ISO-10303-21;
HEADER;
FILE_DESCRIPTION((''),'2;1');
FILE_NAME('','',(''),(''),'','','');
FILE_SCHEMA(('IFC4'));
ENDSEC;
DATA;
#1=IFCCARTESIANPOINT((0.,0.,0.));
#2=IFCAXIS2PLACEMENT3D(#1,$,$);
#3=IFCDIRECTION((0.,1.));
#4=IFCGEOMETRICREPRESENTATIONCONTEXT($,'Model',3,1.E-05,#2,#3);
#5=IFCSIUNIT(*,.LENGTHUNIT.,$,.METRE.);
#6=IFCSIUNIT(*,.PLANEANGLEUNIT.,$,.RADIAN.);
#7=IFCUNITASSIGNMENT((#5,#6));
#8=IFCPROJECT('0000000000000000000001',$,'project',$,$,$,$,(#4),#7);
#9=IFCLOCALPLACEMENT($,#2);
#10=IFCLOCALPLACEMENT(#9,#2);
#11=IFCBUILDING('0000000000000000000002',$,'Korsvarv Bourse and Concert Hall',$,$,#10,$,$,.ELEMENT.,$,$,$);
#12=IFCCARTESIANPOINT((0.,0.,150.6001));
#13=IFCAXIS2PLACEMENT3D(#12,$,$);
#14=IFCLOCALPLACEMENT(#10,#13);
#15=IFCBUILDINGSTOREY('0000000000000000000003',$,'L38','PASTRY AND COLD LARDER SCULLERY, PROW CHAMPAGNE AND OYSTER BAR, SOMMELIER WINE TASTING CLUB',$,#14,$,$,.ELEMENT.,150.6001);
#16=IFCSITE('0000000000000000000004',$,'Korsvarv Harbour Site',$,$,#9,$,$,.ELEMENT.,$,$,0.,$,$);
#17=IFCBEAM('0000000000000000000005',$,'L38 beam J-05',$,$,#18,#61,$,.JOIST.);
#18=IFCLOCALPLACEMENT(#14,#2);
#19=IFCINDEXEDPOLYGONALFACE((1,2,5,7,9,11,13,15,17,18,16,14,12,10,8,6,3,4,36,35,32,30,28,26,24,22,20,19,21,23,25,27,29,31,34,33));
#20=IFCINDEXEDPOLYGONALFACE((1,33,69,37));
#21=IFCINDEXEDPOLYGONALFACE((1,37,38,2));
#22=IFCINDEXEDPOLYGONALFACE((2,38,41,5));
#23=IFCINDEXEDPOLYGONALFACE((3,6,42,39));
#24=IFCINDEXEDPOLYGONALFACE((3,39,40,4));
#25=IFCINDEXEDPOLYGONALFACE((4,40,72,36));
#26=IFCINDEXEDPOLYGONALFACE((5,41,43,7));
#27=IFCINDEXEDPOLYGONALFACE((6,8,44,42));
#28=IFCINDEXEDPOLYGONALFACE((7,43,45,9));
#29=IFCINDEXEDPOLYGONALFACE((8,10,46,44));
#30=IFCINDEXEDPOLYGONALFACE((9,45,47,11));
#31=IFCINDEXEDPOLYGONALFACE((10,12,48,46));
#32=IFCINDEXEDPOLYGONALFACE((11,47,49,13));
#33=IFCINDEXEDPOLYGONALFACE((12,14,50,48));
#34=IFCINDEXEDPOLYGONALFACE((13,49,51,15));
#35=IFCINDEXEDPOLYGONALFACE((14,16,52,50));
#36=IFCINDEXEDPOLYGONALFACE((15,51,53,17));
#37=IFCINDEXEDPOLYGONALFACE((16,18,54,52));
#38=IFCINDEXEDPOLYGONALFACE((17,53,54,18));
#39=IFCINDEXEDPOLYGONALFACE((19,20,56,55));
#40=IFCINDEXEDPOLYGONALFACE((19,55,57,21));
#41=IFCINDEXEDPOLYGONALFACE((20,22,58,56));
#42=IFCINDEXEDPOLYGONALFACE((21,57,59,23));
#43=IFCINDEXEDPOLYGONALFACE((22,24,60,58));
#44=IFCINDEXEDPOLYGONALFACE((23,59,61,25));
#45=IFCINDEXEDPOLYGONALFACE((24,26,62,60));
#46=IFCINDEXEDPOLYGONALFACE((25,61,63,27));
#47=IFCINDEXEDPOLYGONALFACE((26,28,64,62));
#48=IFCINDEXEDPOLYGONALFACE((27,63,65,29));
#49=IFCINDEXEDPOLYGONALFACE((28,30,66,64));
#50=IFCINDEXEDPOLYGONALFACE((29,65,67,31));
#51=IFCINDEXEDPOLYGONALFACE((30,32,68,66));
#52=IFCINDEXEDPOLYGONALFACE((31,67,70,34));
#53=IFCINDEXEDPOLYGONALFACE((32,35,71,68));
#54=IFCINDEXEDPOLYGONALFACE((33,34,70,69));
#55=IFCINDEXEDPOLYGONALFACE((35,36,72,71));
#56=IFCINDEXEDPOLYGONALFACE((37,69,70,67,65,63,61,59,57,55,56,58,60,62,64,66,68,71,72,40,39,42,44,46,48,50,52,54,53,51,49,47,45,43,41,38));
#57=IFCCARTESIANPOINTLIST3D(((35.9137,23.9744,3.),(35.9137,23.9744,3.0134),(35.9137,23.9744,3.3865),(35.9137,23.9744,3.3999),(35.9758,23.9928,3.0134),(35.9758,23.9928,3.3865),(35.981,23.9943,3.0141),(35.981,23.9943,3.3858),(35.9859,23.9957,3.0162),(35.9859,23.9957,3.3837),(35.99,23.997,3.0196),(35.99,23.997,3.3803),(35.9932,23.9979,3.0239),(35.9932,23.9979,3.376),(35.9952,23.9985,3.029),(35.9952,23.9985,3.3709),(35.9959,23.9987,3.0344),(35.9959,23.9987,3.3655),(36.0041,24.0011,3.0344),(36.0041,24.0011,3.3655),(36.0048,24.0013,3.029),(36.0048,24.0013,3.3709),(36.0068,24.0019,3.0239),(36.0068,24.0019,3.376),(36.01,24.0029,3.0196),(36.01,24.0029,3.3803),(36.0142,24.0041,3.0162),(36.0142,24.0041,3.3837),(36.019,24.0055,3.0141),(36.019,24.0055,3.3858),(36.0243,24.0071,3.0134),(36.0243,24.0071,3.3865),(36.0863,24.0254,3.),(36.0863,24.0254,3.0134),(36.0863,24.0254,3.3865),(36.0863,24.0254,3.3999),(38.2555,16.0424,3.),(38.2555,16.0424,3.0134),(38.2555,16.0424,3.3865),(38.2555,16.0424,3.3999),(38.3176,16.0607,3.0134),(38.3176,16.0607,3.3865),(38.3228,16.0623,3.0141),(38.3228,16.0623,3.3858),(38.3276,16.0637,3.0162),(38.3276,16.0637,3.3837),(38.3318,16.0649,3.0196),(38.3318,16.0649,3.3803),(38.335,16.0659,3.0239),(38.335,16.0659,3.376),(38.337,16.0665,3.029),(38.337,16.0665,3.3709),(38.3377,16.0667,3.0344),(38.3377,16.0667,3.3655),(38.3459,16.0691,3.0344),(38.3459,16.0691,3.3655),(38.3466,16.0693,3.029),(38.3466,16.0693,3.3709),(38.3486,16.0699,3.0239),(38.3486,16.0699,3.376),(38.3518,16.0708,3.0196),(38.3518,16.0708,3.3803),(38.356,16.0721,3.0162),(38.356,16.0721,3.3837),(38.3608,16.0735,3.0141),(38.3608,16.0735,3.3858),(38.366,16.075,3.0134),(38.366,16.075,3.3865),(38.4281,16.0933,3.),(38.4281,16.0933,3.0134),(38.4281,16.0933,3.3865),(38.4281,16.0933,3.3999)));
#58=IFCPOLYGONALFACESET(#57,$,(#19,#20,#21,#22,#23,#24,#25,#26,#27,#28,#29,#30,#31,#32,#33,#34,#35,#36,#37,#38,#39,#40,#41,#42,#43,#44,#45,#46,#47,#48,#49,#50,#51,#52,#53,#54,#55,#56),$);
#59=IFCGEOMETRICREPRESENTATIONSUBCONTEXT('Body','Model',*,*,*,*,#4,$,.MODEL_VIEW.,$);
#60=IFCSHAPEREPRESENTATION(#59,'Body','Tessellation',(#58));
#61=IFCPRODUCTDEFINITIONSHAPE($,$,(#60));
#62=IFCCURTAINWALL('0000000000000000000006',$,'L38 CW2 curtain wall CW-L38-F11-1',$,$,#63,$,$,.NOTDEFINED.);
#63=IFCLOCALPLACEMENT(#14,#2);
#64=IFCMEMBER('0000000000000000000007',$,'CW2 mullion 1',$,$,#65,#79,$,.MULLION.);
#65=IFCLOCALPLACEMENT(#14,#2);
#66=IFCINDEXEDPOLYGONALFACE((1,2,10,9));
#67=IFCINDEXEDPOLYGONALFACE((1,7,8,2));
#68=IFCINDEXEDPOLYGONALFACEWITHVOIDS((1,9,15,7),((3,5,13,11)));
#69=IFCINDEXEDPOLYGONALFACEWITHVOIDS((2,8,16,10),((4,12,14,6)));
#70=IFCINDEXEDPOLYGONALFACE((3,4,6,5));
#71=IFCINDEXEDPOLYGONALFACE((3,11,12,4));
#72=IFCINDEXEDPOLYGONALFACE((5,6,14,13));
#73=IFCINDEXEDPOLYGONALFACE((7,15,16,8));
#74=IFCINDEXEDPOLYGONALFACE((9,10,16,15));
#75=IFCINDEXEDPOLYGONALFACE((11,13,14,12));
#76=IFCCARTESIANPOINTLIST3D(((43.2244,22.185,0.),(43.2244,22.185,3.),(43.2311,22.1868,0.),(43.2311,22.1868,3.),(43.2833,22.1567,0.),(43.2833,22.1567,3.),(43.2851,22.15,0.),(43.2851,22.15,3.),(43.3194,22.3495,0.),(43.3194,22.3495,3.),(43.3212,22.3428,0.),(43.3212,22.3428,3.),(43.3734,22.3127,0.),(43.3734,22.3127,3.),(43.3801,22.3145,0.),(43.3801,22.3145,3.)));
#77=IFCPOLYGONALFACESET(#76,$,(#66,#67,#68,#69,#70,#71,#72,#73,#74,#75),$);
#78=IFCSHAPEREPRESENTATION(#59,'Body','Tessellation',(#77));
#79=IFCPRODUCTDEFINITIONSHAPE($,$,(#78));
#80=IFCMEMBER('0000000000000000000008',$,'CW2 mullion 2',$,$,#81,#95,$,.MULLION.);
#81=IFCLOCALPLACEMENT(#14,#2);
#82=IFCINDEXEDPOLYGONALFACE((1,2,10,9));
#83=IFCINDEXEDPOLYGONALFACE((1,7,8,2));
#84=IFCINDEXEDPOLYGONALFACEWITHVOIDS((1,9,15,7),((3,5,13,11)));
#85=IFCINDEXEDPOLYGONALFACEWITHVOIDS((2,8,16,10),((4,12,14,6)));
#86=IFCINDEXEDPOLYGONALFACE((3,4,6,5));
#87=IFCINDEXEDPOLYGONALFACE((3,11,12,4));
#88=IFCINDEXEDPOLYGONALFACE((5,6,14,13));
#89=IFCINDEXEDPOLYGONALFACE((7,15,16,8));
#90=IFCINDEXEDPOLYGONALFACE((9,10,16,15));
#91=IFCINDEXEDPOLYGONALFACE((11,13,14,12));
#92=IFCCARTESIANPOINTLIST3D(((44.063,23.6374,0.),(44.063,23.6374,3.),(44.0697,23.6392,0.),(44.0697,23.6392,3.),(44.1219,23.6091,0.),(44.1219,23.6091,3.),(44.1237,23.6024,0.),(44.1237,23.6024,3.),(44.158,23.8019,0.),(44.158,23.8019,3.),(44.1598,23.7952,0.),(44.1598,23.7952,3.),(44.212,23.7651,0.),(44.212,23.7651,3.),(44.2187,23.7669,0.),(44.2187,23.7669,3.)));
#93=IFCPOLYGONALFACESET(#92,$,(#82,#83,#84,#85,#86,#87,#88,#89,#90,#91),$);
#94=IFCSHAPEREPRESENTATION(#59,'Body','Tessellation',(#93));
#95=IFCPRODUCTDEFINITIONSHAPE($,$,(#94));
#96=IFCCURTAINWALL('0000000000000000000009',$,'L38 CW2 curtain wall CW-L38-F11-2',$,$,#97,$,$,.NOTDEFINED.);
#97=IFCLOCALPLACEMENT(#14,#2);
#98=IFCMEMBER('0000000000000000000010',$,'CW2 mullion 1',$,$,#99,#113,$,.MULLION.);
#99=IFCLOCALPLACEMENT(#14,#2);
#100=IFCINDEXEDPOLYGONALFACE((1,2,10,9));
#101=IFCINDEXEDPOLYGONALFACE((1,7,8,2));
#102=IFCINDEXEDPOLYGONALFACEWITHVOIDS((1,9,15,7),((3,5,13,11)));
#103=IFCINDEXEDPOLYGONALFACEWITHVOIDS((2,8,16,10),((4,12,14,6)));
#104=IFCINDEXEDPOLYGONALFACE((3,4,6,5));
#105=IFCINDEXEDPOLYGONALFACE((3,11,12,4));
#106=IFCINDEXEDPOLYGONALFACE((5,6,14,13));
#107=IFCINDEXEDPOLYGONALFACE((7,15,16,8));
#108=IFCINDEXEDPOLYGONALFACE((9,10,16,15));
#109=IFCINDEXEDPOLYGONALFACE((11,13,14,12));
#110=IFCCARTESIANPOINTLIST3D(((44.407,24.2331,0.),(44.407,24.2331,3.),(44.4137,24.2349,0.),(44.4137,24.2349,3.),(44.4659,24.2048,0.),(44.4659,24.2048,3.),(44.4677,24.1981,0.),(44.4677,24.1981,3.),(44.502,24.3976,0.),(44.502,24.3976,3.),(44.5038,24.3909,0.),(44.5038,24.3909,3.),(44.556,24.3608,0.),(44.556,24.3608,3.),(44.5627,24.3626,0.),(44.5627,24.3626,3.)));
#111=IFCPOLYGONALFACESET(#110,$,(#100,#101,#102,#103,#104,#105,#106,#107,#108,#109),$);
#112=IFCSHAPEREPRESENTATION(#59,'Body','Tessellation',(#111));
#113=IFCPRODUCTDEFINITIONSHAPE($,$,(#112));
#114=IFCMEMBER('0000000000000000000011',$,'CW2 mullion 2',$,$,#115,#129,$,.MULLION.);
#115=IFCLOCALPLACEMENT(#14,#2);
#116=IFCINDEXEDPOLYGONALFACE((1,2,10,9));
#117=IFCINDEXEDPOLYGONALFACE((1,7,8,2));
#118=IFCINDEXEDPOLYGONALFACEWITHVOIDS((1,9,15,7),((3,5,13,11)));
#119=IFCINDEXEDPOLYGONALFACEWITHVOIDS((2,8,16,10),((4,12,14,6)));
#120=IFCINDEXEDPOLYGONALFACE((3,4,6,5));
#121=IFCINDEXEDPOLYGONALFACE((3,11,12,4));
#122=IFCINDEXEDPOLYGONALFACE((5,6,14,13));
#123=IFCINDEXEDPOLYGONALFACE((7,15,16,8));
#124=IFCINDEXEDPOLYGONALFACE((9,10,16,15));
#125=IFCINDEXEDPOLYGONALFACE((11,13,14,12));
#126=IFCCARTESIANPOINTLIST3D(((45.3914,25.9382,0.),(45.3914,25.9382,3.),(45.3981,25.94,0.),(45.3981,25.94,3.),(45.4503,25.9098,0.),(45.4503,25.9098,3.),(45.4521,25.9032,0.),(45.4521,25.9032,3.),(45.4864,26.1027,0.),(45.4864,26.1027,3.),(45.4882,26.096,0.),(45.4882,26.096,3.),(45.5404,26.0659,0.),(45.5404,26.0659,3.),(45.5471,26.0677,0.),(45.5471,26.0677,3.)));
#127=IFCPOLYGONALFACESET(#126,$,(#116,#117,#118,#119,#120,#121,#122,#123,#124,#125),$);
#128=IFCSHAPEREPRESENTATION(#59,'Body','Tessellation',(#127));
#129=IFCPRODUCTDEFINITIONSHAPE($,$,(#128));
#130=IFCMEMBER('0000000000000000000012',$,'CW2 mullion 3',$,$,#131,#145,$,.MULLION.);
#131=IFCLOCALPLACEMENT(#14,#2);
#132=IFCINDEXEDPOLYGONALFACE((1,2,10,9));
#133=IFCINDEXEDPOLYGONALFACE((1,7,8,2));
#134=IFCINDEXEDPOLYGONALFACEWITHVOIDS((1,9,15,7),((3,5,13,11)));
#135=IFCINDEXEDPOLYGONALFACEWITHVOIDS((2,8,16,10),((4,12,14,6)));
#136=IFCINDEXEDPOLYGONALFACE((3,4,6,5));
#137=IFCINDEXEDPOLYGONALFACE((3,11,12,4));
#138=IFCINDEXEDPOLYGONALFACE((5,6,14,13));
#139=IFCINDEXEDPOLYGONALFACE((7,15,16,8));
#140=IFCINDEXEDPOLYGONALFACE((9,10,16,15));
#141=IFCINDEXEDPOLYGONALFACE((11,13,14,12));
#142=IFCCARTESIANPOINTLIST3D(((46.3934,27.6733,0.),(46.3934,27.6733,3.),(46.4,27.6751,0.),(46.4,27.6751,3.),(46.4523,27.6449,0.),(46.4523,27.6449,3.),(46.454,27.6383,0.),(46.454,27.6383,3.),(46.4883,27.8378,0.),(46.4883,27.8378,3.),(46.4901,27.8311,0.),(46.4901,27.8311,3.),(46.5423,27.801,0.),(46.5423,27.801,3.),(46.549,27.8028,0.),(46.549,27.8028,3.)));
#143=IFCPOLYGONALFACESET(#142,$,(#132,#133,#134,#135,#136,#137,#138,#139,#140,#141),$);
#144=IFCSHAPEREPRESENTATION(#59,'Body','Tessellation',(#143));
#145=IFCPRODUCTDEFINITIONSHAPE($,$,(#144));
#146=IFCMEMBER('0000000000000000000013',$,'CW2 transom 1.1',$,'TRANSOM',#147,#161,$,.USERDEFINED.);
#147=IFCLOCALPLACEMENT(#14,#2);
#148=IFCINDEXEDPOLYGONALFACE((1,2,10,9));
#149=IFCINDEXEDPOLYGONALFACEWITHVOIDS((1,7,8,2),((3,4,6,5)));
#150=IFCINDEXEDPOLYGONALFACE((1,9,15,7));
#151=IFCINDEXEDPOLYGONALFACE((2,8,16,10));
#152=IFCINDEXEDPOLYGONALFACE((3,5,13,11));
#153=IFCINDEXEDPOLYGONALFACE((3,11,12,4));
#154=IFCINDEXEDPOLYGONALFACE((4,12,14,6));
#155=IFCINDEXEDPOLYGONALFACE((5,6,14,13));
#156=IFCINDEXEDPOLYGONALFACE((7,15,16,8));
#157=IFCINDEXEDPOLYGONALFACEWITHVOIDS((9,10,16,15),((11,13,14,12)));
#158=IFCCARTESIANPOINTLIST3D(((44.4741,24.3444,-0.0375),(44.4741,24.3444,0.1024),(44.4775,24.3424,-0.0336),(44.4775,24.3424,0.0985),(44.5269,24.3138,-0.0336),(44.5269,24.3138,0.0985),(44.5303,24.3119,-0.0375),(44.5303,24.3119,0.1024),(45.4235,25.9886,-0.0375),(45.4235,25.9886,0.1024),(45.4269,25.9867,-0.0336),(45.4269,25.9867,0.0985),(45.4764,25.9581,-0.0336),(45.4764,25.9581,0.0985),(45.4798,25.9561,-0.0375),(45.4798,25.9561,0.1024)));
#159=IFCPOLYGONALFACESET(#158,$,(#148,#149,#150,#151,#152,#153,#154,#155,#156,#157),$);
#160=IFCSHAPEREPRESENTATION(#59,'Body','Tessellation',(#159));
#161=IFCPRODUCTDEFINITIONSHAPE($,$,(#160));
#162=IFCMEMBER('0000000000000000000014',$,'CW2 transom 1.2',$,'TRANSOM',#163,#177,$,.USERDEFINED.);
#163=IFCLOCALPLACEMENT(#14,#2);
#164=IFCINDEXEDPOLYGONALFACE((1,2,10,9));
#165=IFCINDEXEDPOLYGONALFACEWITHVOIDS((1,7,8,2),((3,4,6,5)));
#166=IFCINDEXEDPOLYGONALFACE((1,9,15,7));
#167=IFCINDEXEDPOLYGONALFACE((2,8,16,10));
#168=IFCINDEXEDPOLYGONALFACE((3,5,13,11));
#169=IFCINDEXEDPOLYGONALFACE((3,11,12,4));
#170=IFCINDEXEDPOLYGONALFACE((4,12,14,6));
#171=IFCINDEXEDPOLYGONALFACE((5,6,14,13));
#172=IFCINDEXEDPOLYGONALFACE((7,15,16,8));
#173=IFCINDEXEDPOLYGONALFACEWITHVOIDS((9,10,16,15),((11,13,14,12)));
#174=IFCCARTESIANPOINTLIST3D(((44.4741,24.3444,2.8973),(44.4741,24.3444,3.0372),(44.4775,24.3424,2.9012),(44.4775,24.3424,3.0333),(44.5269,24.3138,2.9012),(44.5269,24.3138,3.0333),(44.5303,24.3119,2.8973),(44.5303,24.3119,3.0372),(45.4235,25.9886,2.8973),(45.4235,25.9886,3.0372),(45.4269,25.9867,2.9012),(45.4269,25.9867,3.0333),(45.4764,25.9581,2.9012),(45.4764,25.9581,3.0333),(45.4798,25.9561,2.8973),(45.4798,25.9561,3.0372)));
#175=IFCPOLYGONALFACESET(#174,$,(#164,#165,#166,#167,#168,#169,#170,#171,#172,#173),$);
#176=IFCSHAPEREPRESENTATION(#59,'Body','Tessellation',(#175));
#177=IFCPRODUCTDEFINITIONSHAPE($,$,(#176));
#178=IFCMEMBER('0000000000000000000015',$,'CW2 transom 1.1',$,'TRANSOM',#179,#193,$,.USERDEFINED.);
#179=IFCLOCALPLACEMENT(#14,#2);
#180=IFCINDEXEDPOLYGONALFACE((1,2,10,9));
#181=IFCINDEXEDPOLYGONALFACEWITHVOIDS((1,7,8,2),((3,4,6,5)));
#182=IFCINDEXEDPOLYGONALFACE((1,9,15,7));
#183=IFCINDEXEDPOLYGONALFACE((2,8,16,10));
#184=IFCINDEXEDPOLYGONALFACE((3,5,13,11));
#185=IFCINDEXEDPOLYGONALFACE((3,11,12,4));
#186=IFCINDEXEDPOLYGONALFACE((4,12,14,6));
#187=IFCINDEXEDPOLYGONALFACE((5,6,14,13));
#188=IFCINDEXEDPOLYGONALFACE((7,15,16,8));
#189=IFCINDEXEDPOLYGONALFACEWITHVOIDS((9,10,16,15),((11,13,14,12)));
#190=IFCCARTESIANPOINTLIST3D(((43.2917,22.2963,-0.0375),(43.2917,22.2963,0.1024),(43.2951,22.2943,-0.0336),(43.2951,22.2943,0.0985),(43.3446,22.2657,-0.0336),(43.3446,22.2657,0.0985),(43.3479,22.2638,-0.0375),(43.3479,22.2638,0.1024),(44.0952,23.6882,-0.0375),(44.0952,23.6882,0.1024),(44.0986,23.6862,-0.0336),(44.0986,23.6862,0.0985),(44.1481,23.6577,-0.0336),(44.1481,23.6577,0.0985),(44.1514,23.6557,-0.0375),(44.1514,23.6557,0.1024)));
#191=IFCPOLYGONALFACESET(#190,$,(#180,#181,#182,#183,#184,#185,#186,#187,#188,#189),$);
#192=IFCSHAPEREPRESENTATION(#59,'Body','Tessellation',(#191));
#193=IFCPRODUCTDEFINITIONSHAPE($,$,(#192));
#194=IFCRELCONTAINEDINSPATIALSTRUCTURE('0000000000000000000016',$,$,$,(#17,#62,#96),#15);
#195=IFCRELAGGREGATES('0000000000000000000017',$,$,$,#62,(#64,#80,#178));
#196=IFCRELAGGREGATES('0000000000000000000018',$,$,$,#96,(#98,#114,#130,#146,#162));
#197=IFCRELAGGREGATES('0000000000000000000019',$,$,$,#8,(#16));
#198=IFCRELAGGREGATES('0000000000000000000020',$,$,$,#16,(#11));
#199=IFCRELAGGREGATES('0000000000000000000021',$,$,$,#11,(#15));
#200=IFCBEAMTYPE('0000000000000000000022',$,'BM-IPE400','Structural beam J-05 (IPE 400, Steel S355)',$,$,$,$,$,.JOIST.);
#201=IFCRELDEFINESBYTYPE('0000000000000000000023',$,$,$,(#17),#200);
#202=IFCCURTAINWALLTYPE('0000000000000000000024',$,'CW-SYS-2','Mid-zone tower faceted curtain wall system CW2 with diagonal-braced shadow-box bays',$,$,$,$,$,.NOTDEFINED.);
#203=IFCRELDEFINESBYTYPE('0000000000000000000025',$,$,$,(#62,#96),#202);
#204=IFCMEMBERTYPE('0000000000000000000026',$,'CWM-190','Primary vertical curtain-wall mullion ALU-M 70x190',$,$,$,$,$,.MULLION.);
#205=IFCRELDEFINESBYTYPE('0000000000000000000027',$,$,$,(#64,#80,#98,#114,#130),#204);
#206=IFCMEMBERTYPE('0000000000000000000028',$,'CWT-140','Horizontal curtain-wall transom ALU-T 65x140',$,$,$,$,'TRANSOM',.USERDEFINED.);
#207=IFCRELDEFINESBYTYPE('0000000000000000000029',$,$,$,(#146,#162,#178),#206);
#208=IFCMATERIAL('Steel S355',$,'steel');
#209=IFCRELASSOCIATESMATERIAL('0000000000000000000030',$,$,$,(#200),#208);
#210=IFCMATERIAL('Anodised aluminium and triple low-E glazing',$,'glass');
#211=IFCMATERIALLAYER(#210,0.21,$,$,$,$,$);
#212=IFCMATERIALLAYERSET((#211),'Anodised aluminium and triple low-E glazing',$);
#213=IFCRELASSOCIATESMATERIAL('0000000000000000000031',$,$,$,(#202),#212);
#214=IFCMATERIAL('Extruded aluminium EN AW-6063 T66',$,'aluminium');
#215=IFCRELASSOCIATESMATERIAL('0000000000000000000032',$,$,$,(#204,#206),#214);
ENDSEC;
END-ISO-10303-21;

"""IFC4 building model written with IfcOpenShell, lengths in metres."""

from ifc_helpers import new_model, si_unit, direction, frame, origin, origin_2d, place, context, subcontext, project, spatial, hollow_rectangle, i_section, extrude, source, transform, mapped, material, layer, layer_set, material_profile, profile_set, type_object, element, aggregate, save


model = new_model("IFC4")

# Units and contexts
model_context = context("Model", 3, precision=1e-05, world=origin(), true_north=direction((0.0, 1.0)))
body_context = subcontext(model_context, "Body", "Model", "MODEL_VIEW")
ifc_project = project(units=[si_unit("LENGTHUNIT", "METRE"), si_unit("PLANEANGLEUNIT", "RADIAN")], contexts=[model_context])

# Site, building, storey
site_placement = place(None, origin())
site = spatial("IfcSite", under=ifc_project, at=site_placement, Name="Korsvarv Harbour Site", CompositionType="ELEMENT", RefElevation=0.0)
building_placement = place(site_placement, origin())
building = spatial("IfcBuilding", under=site, at=building_placement, Name="Korsvarv Bourse and Concert Hall", CompositionType="ELEMENT")
storey_placement = place(building_placement, frame((0.0, 0.0, 150.6001)))
storey = spatial("IfcBuildingStorey", under=building, at=storey_placement, Name="L38", Description="PASTRY AND COLD LARDER SCULLERY, PROW CHAMPAGNE AND OYSTER BAR, SOMMELIER WINE TASTING CLUB", CompositionType="ELEMENT", Elevation=150.6001)

# Shared definitions
ifc_material_1 = material(Name="Steel S355", Category="steel")

# Beam
ifc_material_profile_1 = material_profile(ifc_material_1, i_section(OverallWidth=0.1799, OverallDepth=0.3999, WebThickness=0.0085, FlangeThickness=0.0134, FilletRadius=0.021, at=origin_2d()), Name="IPE 400")
ifc_profile_set_1 = profile_set([ifc_material_profile_1], Name="Steel S355")
beam_type_1 = type_object("IfcBeamType", Name="BM-IPE400", Description="Structural beam J-05 (IPE 400, Steel S355)", PredefinedType="JOIST", material=ifc_profile_set_1)
shared_shape_1 = source(origin(), body_context, "Body", "SweptSolid", [
    extrude(i_section(OverallWidth=0.1799, OverallDepth=0.3999, WebThickness=0.0085, FlangeThickness=0.0134, FilletRadius=0.021, at=origin_2d()), origin(), (0.0, 0.0, 1.0), 8.2705),
])
beam_1_placement = place(storey_placement, frame((38.3418, 16.0679, 3.2), z_axis=(-0.283147, 0.959076, 0.0), x_axis=(-0.959076, -0.283147, 0.0)))
element("IfcBeam", 1, at=beam_1_placement, inside=storey, type_object=beam_type_1, Name="L38 beam J-05", PredefinedType="JOIST", context=body_context, shape_type="MappedRepresentation", body=[
    mapped(shared_shape_1, transform((0.0, 0.0, 0.0), scale=1.0)),
])

# Curtain walls, members
ifc_material_2 = material(Name="Anodised aluminium and triple low-E glazing", Category="glass")
ifc_layer_1 = layer(ifc_material_2, 0.21)
ifc_layer_set_1 = layer_set([ifc_layer_1], Name="Anodised aluminium and triple low-E glazing")
curtain_wall_type = type_object("IfcCurtainWallType", Name="CW-SYS-2", Description="Mid-zone tower faceted curtain wall system CW2 with diagonal-braced shadow-box bays", PredefinedType="NOTDEFINED", material=ifc_layer_set_1)
curtain_wall_1_placement = place(storey_placement, origin())
curtain_wall_1 = element("IfcCurtainWall", 2, at=curtain_wall_1_placement, inside=storey, type_object=curtain_wall_type, Name="L38 CW2 curtain wall CW-L38-F11-1", PredefinedType="NOTDEFINED")
ifc_material_3 = material(Name="Extruded aluminium EN AW-6063 T66", Category="aluminium")
ifc_material_profile_2 = material_profile(ifc_material_3, hollow_rectangle(XDim=0.0701, YDim=0.1899, WallThickness=0.0049, at=origin_2d()), Name="ALU-M 70x190")
ifc_profile_set_2 = profile_set([ifc_material_profile_2], Name="Extruded aluminium EN AW-6063 T66")
member_type_1 = type_object("IfcMemberType", Name="CWM-190", Description="Primary vertical curtain-wall mullion ALU-M 70x190", PredefinedType="MULLION", material=ifc_profile_set_2)
shared_shape_2 = source(origin(), body_context, "Body", "SweptSolid", [
    extrude(hollow_rectangle(XDim=0.0701, YDim=0.1899, WallThickness=0.0049, at=origin_2d()), origin(), (0.0, 0.0, 1.0), 3.0),
])
member_1_placement = place(storey_placement, frame((43.3022, 22.2498, 0.0), z_axis=(0.0, 0.0, 1.0), x_axis=(-0.866023, 0.500005, 0.0)))
member_1 = element("IfcMember", 3, at=member_1_placement, type_object=member_type_1, Name="CW2 mullion 1", PredefinedType="MULLION", context=body_context, shape_type="MappedRepresentation", body=[
    mapped(shared_shape_2, transform((0.0, 0.0, 0.0), scale=1.0)),
])
member_2_placement = place(storey_placement, frame((44.1409, 23.7021, 0.0), z_axis=(0.0, 0.0, 1.0), x_axis=(-0.866023, 0.500005, 0.0)))
member_2 = element("IfcMember", 4, at=member_2_placement, type_object=member_type_1, Name="CW2 mullion 2", PredefinedType="MULLION", context=body_context, shape_type="MappedRepresentation", body=[
    mapped(shared_shape_2, transform((0.0, 0.0, 0.0), scale=1.0)),
])
curtain_wall_2_placement = place(storey_placement, origin())
curtain_wall_2 = element("IfcCurtainWall", 5, at=curtain_wall_2_placement, inside=storey, type_object=curtain_wall_type, Name="L38 CW2 curtain wall CW-L38-F11-2", PredefinedType="NOTDEFINED")
member_3_placement = place(storey_placement, frame((44.4849, 24.2979, 0.0), z_axis=(0.0, 0.0, 1.0), x_axis=(-0.866023, 0.500005, 0.0)))
member_3 = element("IfcMember", 6, at=member_3_placement, type_object=member_type_1, Name="CW2 mullion 1", PredefinedType="MULLION", context=body_context, shape_type="MappedRepresentation", body=[
    mapped(shared_shape_2, transform((0.0, 0.0, 0.0), scale=1.0)),
])
member_4_placement = place(storey_placement, frame((45.4692, 26.0029, 0.0), z_axis=(0.0, 0.0, 1.0), x_axis=(-0.866023, 0.500005, 0.0)))
member_4 = element("IfcMember", 7, at=member_4_placement, type_object=member_type_1, Name="CW2 mullion 2", PredefinedType="MULLION", context=body_context, shape_type="MappedRepresentation", body=[
    mapped(shared_shape_2, transform((0.0, 0.0, 0.0), scale=1.0)),
])
member_5_placement = place(storey_placement, frame((46.4712, 27.738, 0.0), z_axis=(0.0, 0.0, 1.0), x_axis=(-0.866023, 0.500005, 0.0)))
member_5 = element("IfcMember", 8, at=member_5_placement, type_object=member_type_1, Name="CW2 mullion 3", PredefinedType="MULLION", context=body_context, shape_type="MappedRepresentation", body=[
    mapped(shared_shape_2, transform((0.0, 0.0, 0.0), scale=1.0)),
])
ifc_material_profile_3 = material_profile(ifc_material_3, hollow_rectangle(XDim=0.0649, YDim=0.1399, WallThickness=0.0039, at=origin_2d()), Name="ALU-T 65x140")
ifc_profile_set_3 = profile_set([ifc_material_profile_3], Name="Extruded aluminium EN AW-6063 T66")
member_type_2 = type_object("IfcMemberType", Name="CWT-140", Description="Horizontal curtain-wall transom ALU-T 65x140", ElementType="TRANSOM", PredefinedType="USERDEFINED", material=ifc_profile_set_3)
shared_shape_3 = source(origin(), body_context, "Body", "SweptSolid", [
    extrude(hollow_rectangle(XDim=0.0649, YDim=0.1399, WallThickness=0.0039, at=origin_2d()), origin(), (0.0, 0.0, 1.0), 1.8987),
])
member_6_placement = place(storey_placement, frame((44.5022, 24.3281, 0.0325), z_axis=(0.500053, 0.865995, 0.0), x_axis=(-0.865995, 0.500053, 0.0)))
member_6 = element("IfcMember", 9, at=member_6_placement, type_object=member_type_2, Name="CW2 transom 1.1", ObjectType="TRANSOM", PredefinedType="USERDEFINED", context=body_context, shape_type="MappedRepresentation", body=[
    mapped(shared_shape_3, transform((0.0, 0.0, 0.0), scale=1.0)),
])
member_7_placement = place(storey_placement, frame((44.5022, 24.3281, 2.9673), z_axis=(0.500053, 0.865995, 0.0), x_axis=(-0.865995, 0.500053, 0.0)))
member_7 = element("IfcMember", 10, at=member_7_placement, type_object=member_type_2, Name="CW2 transom 1.2", ObjectType="TRANSOM", PredefinedType="USERDEFINED", context=body_context, shape_type="MappedRepresentation", body=[
    mapped(shared_shape_3, transform((0.0, 0.0, 0.0), scale=1.0)),
])

# Member
shared_shape_4 = source(origin(), body_context, "Body", "SweptSolid", [
    extrude(hollow_rectangle(XDim=0.0649, YDim=0.1399, WallThickness=0.0039, at=origin_2d()), origin(), (0.0, 0.0, 1.0), 1.6072),
])
member_8_placement = place(storey_placement, frame((43.3198, 22.28, 0.0325), z_axis=(0.499946, 0.866057, 0.0), x_axis=(-0.866057, 0.499946, 0.0)))
member_8 = element("IfcMember", 11, at=member_8_placement, type_object=member_type_2, Name="CW2 transom 1.1", ObjectType="TRANSOM", PredefinedType="USERDEFINED", context=body_context, shape_type="MappedRepresentation", body=[
    mapped(shared_shape_4, transform((0.0, 0.0, 0.0), scale=1.0)),
])

aggregate(curtain_wall_1, [member_1, member_2, member_8])
aggregate(curtain_wall_2, [member_3, member_4, member_5, member_6, member_7])

save(model, "model.ifc")
